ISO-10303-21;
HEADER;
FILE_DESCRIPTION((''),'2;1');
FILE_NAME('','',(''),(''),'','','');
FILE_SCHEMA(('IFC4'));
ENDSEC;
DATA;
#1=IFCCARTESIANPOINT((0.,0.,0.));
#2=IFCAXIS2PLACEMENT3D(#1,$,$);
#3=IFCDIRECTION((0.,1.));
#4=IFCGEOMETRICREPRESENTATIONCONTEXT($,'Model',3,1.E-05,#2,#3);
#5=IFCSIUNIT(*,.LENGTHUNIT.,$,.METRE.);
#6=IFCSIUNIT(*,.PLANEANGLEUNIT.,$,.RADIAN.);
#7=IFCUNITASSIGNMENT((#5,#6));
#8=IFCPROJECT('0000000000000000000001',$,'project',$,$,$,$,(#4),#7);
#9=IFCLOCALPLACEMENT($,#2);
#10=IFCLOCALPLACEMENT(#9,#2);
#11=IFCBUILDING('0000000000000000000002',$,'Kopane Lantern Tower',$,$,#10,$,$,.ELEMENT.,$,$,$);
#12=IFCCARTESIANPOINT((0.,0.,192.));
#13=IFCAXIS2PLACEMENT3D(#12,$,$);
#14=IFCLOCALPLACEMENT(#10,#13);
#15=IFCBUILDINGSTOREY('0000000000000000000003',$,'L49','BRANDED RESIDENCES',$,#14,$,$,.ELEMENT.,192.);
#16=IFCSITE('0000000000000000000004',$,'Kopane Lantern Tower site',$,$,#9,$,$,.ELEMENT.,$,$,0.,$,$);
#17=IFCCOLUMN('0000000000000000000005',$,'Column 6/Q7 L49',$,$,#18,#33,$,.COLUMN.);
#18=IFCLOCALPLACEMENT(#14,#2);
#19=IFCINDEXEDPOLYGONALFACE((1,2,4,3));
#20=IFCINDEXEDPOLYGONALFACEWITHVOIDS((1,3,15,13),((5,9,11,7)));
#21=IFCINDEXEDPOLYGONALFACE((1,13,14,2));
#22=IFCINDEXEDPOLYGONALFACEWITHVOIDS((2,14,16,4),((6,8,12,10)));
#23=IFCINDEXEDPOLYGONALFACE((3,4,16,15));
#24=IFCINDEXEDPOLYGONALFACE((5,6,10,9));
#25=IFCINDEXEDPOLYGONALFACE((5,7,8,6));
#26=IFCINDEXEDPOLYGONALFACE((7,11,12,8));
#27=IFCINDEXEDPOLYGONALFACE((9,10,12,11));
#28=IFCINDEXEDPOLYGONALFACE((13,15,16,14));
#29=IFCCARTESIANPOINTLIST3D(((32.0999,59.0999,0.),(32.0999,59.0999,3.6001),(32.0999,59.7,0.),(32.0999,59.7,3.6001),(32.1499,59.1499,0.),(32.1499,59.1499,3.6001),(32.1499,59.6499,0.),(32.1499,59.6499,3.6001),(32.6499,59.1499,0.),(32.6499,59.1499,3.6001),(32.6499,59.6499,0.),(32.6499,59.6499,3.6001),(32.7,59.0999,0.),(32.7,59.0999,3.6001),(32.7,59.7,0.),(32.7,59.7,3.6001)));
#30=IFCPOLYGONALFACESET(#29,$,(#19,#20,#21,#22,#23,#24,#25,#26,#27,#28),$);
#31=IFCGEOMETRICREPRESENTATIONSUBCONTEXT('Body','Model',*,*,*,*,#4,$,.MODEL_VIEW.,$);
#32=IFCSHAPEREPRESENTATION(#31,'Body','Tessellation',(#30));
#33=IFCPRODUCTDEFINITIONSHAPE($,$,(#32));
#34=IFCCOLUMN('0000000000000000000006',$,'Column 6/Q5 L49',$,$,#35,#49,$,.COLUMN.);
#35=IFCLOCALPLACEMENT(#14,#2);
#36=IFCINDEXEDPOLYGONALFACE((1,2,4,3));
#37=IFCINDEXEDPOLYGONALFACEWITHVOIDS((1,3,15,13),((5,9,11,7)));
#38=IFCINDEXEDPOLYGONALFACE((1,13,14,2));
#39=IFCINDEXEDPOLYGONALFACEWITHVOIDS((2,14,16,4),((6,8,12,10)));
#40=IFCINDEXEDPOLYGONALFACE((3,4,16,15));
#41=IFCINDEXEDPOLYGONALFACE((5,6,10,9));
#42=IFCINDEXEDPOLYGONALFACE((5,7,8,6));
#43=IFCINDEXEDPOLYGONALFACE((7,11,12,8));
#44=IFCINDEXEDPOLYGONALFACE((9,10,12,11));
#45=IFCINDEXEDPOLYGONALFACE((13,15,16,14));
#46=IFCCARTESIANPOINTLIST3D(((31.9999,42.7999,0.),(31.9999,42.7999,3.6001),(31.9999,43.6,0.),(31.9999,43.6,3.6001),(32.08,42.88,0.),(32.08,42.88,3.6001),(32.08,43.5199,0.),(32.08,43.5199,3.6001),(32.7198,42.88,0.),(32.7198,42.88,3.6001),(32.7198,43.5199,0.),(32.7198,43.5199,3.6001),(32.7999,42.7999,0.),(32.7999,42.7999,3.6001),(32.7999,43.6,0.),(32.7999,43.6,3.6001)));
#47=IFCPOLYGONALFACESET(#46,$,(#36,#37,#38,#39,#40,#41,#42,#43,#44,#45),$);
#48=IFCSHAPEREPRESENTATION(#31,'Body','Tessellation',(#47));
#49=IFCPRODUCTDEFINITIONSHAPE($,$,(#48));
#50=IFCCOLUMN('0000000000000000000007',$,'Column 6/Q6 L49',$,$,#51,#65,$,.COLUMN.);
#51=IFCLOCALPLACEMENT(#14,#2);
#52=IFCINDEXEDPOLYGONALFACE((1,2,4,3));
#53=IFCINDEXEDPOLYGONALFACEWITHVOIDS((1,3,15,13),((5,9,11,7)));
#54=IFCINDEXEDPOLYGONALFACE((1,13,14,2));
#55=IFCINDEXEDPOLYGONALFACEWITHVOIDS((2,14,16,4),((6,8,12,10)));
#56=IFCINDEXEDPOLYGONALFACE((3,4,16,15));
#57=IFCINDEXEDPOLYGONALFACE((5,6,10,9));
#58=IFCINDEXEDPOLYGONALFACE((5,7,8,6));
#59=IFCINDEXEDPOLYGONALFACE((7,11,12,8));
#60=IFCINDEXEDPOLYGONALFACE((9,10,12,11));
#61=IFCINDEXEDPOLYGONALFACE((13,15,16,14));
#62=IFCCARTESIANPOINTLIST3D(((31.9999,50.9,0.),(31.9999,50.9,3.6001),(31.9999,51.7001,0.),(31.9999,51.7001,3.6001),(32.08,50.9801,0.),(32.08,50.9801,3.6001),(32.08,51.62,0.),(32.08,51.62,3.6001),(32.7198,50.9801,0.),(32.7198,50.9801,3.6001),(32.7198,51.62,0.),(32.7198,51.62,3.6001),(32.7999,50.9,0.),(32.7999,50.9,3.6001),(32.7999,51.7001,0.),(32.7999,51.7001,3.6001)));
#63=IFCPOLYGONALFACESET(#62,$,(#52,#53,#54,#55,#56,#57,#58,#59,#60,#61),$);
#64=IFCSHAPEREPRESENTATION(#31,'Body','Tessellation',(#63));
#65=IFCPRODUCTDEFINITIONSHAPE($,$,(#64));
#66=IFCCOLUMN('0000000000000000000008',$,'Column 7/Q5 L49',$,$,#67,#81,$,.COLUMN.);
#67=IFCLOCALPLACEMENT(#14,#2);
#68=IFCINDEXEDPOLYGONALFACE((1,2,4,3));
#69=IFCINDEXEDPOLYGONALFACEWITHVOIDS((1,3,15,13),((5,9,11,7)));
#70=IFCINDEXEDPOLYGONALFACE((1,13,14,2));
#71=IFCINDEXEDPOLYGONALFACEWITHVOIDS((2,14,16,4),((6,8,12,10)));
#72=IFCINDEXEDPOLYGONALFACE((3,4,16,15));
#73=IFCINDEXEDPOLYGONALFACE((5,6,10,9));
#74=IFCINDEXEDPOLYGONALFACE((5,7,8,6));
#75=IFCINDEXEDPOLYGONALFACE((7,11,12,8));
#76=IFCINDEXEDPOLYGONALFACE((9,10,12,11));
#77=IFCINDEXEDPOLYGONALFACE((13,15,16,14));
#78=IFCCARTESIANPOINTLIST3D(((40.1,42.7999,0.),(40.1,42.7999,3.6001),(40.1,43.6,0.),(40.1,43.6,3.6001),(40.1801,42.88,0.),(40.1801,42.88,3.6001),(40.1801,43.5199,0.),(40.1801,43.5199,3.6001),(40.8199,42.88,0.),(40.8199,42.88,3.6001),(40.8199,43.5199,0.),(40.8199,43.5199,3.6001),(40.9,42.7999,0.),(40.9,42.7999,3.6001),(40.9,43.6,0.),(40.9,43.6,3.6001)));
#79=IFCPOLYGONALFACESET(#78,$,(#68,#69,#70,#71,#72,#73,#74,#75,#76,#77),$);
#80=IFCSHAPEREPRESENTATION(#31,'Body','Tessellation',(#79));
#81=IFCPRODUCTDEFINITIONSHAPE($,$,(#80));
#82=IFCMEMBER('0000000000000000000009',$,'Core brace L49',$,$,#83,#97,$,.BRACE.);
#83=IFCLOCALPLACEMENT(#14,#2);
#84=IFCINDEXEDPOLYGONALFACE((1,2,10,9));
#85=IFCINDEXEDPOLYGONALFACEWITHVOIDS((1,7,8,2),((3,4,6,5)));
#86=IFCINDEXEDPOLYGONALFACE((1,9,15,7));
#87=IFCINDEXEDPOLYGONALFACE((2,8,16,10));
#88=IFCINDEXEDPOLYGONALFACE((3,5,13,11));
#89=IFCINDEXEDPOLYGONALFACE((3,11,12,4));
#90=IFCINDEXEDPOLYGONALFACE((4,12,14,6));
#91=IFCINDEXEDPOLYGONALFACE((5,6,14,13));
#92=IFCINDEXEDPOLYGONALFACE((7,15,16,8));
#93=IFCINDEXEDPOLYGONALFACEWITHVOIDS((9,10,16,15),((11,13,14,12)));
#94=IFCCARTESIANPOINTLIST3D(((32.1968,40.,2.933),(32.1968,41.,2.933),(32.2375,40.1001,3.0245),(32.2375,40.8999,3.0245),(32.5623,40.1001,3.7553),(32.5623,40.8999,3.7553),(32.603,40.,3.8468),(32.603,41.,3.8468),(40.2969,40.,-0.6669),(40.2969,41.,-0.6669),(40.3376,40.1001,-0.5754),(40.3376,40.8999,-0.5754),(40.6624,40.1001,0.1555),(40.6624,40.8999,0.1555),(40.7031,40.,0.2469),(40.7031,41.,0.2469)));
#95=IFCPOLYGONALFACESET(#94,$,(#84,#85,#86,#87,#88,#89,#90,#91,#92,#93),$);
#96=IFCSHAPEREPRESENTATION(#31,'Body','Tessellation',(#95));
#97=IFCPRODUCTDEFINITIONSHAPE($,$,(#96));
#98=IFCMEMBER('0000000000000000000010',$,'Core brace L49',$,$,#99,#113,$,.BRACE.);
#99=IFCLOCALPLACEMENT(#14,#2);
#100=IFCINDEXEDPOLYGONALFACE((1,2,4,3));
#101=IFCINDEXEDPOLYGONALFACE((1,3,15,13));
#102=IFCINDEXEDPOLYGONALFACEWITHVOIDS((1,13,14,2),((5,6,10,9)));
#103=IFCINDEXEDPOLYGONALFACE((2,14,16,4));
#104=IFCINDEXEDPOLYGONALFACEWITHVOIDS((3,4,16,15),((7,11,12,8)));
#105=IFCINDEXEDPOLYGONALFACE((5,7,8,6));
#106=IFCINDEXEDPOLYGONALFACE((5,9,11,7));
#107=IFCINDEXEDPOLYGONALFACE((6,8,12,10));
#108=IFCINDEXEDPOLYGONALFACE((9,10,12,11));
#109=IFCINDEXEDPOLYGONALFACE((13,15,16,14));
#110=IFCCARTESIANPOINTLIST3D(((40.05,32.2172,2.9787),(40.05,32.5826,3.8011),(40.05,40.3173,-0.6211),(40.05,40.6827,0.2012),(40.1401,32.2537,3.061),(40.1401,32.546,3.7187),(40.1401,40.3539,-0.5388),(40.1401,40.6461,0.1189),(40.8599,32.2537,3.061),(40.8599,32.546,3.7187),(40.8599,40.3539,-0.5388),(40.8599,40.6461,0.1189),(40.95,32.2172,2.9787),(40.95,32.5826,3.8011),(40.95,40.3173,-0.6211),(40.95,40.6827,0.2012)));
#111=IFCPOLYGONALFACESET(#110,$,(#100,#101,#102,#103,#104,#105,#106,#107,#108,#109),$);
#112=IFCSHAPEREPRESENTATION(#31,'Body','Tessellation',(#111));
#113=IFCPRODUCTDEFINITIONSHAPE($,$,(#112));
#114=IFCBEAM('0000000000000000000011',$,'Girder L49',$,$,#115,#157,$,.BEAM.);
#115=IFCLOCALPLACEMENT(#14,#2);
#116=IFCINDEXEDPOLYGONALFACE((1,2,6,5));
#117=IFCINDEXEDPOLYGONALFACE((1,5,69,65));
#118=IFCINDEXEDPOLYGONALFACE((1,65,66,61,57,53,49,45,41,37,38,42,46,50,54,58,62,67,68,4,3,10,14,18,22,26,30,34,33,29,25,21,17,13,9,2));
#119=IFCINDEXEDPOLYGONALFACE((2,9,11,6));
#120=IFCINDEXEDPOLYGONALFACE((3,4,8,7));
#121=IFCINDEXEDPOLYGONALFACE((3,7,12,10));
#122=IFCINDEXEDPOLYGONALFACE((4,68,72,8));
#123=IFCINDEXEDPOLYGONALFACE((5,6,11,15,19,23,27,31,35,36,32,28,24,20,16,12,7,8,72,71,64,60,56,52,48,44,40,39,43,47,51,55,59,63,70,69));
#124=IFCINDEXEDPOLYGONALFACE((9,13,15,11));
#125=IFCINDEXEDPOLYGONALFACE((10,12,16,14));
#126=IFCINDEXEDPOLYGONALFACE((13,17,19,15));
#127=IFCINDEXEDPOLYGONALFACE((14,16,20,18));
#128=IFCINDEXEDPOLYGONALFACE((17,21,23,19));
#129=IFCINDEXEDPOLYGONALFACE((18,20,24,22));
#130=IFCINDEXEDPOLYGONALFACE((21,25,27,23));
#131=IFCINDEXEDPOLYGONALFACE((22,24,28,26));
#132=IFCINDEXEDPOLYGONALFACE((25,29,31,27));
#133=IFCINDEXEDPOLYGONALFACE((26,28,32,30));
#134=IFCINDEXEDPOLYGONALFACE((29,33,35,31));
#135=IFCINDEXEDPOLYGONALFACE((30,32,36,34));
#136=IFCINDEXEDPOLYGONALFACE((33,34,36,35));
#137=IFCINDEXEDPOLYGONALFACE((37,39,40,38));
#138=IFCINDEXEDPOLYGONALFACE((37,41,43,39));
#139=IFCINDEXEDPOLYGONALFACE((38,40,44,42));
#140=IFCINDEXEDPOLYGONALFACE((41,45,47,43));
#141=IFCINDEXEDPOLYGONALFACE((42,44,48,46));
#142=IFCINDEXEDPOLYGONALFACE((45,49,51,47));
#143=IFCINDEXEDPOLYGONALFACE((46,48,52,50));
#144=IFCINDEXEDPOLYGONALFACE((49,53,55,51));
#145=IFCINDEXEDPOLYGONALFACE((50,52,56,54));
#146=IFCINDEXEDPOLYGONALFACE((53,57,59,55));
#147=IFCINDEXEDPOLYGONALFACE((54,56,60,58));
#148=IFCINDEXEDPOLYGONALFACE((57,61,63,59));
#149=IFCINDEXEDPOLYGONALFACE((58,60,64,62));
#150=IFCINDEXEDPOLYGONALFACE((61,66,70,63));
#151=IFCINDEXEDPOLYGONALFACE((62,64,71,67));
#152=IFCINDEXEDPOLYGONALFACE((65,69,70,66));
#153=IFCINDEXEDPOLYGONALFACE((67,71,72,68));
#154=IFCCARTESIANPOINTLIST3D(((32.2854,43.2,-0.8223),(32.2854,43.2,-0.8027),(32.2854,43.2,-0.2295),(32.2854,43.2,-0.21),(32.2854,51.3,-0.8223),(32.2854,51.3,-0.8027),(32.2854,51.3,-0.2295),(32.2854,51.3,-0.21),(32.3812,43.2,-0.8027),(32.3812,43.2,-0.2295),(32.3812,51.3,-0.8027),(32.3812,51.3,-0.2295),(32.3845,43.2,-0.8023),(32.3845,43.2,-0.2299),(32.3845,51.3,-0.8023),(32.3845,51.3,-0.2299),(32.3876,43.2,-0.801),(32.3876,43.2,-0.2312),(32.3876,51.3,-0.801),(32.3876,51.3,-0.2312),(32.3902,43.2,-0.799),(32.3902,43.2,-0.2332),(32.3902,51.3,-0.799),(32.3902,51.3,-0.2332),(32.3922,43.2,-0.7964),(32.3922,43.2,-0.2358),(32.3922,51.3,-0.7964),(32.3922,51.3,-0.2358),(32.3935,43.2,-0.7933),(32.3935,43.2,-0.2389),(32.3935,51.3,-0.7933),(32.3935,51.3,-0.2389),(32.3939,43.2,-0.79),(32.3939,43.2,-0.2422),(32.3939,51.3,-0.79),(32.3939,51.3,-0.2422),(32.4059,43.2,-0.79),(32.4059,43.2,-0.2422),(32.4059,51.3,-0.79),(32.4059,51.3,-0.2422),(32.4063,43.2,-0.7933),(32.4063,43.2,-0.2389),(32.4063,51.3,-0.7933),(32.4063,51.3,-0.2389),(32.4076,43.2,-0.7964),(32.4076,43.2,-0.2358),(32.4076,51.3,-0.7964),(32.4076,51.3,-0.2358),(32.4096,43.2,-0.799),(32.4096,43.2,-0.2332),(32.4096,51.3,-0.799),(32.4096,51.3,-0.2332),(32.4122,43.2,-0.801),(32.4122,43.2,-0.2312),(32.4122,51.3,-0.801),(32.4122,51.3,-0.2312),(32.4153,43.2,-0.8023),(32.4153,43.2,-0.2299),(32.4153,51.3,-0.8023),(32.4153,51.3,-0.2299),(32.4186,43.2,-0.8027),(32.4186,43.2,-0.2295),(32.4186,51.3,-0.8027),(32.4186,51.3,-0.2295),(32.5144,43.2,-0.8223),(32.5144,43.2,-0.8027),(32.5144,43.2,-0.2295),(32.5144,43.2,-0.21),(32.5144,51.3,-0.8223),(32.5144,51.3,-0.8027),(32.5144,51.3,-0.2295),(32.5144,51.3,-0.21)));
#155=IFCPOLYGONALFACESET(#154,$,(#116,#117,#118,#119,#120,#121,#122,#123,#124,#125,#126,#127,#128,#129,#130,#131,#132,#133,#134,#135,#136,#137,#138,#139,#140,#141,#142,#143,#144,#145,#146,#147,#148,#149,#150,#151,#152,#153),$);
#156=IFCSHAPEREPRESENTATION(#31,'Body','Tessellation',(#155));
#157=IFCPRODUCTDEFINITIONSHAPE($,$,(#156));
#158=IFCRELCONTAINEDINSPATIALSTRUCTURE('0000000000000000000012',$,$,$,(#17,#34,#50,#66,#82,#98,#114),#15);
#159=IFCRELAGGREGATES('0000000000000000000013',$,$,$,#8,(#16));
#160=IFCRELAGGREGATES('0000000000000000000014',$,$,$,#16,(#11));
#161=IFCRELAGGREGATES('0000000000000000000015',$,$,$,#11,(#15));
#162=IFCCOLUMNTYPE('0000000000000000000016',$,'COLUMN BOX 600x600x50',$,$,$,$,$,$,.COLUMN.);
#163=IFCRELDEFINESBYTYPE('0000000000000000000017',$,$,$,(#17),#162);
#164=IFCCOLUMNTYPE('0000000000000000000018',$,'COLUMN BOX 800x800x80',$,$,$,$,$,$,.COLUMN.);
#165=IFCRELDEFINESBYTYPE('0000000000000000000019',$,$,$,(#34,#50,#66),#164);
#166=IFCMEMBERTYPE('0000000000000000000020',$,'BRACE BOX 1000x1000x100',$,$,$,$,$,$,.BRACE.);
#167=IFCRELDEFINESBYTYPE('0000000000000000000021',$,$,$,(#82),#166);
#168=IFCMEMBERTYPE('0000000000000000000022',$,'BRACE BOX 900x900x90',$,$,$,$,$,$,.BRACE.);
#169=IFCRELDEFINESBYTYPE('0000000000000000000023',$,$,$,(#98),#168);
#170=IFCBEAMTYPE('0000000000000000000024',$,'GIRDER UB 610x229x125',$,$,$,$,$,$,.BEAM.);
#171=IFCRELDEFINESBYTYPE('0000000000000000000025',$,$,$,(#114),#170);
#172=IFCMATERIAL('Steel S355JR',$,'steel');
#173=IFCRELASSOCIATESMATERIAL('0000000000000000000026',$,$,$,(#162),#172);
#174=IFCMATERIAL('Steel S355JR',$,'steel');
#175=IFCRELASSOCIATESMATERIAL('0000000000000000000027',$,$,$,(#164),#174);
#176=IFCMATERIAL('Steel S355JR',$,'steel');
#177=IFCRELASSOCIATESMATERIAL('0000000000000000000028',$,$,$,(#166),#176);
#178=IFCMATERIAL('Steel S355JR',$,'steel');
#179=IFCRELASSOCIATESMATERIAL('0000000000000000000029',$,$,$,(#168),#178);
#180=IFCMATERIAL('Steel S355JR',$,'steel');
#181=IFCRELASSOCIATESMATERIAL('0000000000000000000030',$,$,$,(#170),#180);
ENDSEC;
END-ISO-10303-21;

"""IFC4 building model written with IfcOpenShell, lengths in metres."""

from ifc_helpers import new_model, si_unit, direction, frame, origin, origin_2d, place, context, subcontext, project, spatial, hollow_rectangle, i_section, extrude, material, material_profile, profile_set, type_object, element, save


model = new_model("IFC4")

# Units and contexts
model_context = context("Model", 3, precision=1e-05, world=origin(), true_north=direction((0.0, 1.0)))
body_context = subcontext(model_context, "Body", "Model", "MODEL_VIEW")
ifc_project = project(units=[si_unit("LENGTHUNIT", "METRE"), si_unit("PLANEANGLEUNIT", "RADIAN")], contexts=[model_context])

# Site, building, storey
site_placement = place(None, origin())
site = spatial("IfcSite", under=ifc_project, at=site_placement, Name="Kopane Lantern Tower site", CompositionType="ELEMENT", RefElevation=0.0)
building_placement = place(site_placement, origin())
building = spatial("IfcBuilding", under=site, at=building_placement, Name="Kopane Lantern Tower", CompositionType="ELEMENT")
storey_placement = place(building_placement, frame((0.0, 0.0, 192.0)))
storey = spatial("IfcBuildingStorey", under=building, at=storey_placement, Name="L49", Description="BRANDED RESIDENCES", CompositionType="ELEMENT", Elevation=192.0)

# Columns
ifc_material_1 = material(Name="Steel S355JR", Category="steel")
ifc_material_profile_1 = material_profile(ifc_material_1, hollow_rectangle(XDim=0.6001, YDim=0.6001, WallThickness=0.05, at=origin_2d()), Name="BOX 600x600x50")
ifc_profile_set_1 = profile_set([ifc_material_profile_1], Name="Steel S355JR")
column_type_1 = type_object("IfcColumnType", Name="COLUMN BOX 600x600x50", PredefinedType="COLUMN", material=ifc_profile_set_1)
column_placement = place(storey_placement, frame((32.3999, 59.3999, 0.0), z_axis=(0.0, 0.0, 1.0), x_axis=(1.0, 0.0, 0.0)))
element("IfcColumn", 1, at=column_placement, inside=storey, type_object=column_type_1, Name="Column 6/Q7 L49", PredefinedType="COLUMN", context=body_context, shape_type="SweptSolid", body=[
    extrude(hollow_rectangle(XDim=0.6001, YDim=0.6001, WallThickness=0.05, at=origin_2d()), origin(), (0.0, 0.0, 1.0), 3.6001),
])
ifc_material_2 = material(Name="Steel S355JR", Category="steel")
ifc_material_profile_2 = material_profile(ifc_material_2, hollow_rectangle(XDim=0.8, YDim=0.8, WallThickness=0.0801, at=origin_2d()), Name="BOX 800x800x80")
ifc_profile_set_2 = profile_set([ifc_material_profile_2], Name="Steel S355JR")
column_type_2 = type_object("IfcColumnType", Name="COLUMN BOX 800x800x80", PredefinedType="COLUMN", material=ifc_profile_set_2)
for number, where, z_axis, x_axis, name in (
    (2, (32.3999, 43.2, 0.0), (0.0, 0.0, 1.0), (1.0, 0.0, 0.0), "Column 6/Q5 L49"),
    (3, (32.3999, 51.3, 0.0), (0.0, 0.0, 1.0), (1.0, 0.0, 0.0), "Column 6/Q6 L49"),
    (4, (40.5, 43.2, 0.0), (0.0, 0.0, 1.0), (1.0, 0.0, 0.0), "Column 7/Q5 L49"),
):
    element("IfcColumn", number, at=place(storey_placement, frame(where, z_axis=z_axis, x_axis=x_axis)), inside=storey, type_object=column_type_2, Name=name, PredefinedType="COLUMN", context=body_context, shape_type="SweptSolid", body=[
        extrude(hollow_rectangle(XDim=0.8, YDim=0.8, WallThickness=0.0801, at=origin_2d()), origin(), (0.0, 0.0, 1.0), 3.6001),
    ])

# Members
ifc_material_3 = material(Name="Steel S355JR", Category="steel")
ifc_material_profile_3 = material_profile(ifc_material_3, hollow_rectangle(XDim=1.0, YDim=1.0, WallThickness=0.1001, at=origin_2d()), Name="BOX 1000x1000x100")
ifc_profile_set_3 = profile_set([ifc_material_profile_3], Name="Steel S355JR")
member_type_1 = type_object("IfcMemberType", Name="BRACE BOX 1000x1000x100", PredefinedType="BRACE", material=ifc_profile_set_3)
member_1_placement = place(storey_placement, frame((40.5, 40.5, -0.21), z_axis=(-0.913819, 0.0, 0.406121), x_axis=(0.0, -1.0, 0.0)))
element("IfcMember", 5, at=member_1_placement, inside=storey, type_object=member_type_1, Name="Core brace L49", PredefinedType="BRACE", context=body_context, shape_type="SweptSolid", body=[
    extrude(hollow_rectangle(XDim=1.0, YDim=1.0, WallThickness=0.1001, at=origin_2d()), origin(), (0.0, 0.0, 1.0), 8.864),
])
ifc_material_4 = material(Name="Steel S355JR", Category="steel")
ifc_material_profile_4 = material_profile(ifc_material_4, hollow_rectangle(XDim=0.8999, YDim=0.8999, WallThickness=0.0901, at=origin_2d()), Name="BOX 900x900x90")
ifc_profile_set_4 = profile_set([ifc_material_profile_4], Name="Steel S355JR")
member_type_2 = type_object("IfcMemberType", Name="BRACE BOX 900x900x90", PredefinedType="BRACE", material=ifc_profile_set_4)
member_2_placement = place(storey_placement, frame((40.5, 40.5, -0.21), z_axis=(0.0, -0.913819, 0.406121), x_axis=(1.0, 0.0, 0.0)))
element("IfcMember", 6, at=member_2_placement, inside=storey, type_object=member_type_2, Name="Core brace L49", PredefinedType="BRACE", context=body_context, shape_type="SweptSolid", body=[
    extrude(hollow_rectangle(XDim=0.8999, YDim=0.8999, WallThickness=0.0901, at=origin_2d()), origin(), (0.0, 0.0, 1.0), 8.864),
])

# Beam
ifc_material_5 = material(Name="Steel S355JR", Category="steel")
ifc_material_profile_5 = material_profile(ifc_material_5, i_section(OverallWidth=0.229, OverallDepth=0.6123, WebThickness=0.012, FlangeThickness=0.0195, FilletRadius=0.0127, at=origin_2d()), Name="UB 610x229x125")
ifc_profile_set_5 = profile_set([ifc_material_profile_5], Name="Steel S355JR")
beam_type = type_object("IfcBeamType", Name="GIRDER UB 610x229x125", PredefinedType="BEAM", material=ifc_profile_set_5)
for number, where, z_axis, x_axis, name in (
    (7, (32.3999, 43.2, -0.5161), (0.0, 1.0, 0.0), (-1.0, 0.0, 0.0), "Girder L49"),
):
    element("IfcBeam", number, at=place(storey_placement, frame(where, z_axis=z_axis, x_axis=x_axis)), inside=storey, type_object=beam_type, Name=name, PredefinedType="BEAM", context=body_context, shape_type="SweptSolid", body=[
        extrude(i_section(OverallWidth=0.229, OverallDepth=0.6123, WebThickness=0.012, FlangeThickness=0.0195, FilletRadius=0.0127, at=origin_2d()), origin(), (0.0, 0.0, 1.0), 8.1001),
    ])

save(model, "model.ifc")
